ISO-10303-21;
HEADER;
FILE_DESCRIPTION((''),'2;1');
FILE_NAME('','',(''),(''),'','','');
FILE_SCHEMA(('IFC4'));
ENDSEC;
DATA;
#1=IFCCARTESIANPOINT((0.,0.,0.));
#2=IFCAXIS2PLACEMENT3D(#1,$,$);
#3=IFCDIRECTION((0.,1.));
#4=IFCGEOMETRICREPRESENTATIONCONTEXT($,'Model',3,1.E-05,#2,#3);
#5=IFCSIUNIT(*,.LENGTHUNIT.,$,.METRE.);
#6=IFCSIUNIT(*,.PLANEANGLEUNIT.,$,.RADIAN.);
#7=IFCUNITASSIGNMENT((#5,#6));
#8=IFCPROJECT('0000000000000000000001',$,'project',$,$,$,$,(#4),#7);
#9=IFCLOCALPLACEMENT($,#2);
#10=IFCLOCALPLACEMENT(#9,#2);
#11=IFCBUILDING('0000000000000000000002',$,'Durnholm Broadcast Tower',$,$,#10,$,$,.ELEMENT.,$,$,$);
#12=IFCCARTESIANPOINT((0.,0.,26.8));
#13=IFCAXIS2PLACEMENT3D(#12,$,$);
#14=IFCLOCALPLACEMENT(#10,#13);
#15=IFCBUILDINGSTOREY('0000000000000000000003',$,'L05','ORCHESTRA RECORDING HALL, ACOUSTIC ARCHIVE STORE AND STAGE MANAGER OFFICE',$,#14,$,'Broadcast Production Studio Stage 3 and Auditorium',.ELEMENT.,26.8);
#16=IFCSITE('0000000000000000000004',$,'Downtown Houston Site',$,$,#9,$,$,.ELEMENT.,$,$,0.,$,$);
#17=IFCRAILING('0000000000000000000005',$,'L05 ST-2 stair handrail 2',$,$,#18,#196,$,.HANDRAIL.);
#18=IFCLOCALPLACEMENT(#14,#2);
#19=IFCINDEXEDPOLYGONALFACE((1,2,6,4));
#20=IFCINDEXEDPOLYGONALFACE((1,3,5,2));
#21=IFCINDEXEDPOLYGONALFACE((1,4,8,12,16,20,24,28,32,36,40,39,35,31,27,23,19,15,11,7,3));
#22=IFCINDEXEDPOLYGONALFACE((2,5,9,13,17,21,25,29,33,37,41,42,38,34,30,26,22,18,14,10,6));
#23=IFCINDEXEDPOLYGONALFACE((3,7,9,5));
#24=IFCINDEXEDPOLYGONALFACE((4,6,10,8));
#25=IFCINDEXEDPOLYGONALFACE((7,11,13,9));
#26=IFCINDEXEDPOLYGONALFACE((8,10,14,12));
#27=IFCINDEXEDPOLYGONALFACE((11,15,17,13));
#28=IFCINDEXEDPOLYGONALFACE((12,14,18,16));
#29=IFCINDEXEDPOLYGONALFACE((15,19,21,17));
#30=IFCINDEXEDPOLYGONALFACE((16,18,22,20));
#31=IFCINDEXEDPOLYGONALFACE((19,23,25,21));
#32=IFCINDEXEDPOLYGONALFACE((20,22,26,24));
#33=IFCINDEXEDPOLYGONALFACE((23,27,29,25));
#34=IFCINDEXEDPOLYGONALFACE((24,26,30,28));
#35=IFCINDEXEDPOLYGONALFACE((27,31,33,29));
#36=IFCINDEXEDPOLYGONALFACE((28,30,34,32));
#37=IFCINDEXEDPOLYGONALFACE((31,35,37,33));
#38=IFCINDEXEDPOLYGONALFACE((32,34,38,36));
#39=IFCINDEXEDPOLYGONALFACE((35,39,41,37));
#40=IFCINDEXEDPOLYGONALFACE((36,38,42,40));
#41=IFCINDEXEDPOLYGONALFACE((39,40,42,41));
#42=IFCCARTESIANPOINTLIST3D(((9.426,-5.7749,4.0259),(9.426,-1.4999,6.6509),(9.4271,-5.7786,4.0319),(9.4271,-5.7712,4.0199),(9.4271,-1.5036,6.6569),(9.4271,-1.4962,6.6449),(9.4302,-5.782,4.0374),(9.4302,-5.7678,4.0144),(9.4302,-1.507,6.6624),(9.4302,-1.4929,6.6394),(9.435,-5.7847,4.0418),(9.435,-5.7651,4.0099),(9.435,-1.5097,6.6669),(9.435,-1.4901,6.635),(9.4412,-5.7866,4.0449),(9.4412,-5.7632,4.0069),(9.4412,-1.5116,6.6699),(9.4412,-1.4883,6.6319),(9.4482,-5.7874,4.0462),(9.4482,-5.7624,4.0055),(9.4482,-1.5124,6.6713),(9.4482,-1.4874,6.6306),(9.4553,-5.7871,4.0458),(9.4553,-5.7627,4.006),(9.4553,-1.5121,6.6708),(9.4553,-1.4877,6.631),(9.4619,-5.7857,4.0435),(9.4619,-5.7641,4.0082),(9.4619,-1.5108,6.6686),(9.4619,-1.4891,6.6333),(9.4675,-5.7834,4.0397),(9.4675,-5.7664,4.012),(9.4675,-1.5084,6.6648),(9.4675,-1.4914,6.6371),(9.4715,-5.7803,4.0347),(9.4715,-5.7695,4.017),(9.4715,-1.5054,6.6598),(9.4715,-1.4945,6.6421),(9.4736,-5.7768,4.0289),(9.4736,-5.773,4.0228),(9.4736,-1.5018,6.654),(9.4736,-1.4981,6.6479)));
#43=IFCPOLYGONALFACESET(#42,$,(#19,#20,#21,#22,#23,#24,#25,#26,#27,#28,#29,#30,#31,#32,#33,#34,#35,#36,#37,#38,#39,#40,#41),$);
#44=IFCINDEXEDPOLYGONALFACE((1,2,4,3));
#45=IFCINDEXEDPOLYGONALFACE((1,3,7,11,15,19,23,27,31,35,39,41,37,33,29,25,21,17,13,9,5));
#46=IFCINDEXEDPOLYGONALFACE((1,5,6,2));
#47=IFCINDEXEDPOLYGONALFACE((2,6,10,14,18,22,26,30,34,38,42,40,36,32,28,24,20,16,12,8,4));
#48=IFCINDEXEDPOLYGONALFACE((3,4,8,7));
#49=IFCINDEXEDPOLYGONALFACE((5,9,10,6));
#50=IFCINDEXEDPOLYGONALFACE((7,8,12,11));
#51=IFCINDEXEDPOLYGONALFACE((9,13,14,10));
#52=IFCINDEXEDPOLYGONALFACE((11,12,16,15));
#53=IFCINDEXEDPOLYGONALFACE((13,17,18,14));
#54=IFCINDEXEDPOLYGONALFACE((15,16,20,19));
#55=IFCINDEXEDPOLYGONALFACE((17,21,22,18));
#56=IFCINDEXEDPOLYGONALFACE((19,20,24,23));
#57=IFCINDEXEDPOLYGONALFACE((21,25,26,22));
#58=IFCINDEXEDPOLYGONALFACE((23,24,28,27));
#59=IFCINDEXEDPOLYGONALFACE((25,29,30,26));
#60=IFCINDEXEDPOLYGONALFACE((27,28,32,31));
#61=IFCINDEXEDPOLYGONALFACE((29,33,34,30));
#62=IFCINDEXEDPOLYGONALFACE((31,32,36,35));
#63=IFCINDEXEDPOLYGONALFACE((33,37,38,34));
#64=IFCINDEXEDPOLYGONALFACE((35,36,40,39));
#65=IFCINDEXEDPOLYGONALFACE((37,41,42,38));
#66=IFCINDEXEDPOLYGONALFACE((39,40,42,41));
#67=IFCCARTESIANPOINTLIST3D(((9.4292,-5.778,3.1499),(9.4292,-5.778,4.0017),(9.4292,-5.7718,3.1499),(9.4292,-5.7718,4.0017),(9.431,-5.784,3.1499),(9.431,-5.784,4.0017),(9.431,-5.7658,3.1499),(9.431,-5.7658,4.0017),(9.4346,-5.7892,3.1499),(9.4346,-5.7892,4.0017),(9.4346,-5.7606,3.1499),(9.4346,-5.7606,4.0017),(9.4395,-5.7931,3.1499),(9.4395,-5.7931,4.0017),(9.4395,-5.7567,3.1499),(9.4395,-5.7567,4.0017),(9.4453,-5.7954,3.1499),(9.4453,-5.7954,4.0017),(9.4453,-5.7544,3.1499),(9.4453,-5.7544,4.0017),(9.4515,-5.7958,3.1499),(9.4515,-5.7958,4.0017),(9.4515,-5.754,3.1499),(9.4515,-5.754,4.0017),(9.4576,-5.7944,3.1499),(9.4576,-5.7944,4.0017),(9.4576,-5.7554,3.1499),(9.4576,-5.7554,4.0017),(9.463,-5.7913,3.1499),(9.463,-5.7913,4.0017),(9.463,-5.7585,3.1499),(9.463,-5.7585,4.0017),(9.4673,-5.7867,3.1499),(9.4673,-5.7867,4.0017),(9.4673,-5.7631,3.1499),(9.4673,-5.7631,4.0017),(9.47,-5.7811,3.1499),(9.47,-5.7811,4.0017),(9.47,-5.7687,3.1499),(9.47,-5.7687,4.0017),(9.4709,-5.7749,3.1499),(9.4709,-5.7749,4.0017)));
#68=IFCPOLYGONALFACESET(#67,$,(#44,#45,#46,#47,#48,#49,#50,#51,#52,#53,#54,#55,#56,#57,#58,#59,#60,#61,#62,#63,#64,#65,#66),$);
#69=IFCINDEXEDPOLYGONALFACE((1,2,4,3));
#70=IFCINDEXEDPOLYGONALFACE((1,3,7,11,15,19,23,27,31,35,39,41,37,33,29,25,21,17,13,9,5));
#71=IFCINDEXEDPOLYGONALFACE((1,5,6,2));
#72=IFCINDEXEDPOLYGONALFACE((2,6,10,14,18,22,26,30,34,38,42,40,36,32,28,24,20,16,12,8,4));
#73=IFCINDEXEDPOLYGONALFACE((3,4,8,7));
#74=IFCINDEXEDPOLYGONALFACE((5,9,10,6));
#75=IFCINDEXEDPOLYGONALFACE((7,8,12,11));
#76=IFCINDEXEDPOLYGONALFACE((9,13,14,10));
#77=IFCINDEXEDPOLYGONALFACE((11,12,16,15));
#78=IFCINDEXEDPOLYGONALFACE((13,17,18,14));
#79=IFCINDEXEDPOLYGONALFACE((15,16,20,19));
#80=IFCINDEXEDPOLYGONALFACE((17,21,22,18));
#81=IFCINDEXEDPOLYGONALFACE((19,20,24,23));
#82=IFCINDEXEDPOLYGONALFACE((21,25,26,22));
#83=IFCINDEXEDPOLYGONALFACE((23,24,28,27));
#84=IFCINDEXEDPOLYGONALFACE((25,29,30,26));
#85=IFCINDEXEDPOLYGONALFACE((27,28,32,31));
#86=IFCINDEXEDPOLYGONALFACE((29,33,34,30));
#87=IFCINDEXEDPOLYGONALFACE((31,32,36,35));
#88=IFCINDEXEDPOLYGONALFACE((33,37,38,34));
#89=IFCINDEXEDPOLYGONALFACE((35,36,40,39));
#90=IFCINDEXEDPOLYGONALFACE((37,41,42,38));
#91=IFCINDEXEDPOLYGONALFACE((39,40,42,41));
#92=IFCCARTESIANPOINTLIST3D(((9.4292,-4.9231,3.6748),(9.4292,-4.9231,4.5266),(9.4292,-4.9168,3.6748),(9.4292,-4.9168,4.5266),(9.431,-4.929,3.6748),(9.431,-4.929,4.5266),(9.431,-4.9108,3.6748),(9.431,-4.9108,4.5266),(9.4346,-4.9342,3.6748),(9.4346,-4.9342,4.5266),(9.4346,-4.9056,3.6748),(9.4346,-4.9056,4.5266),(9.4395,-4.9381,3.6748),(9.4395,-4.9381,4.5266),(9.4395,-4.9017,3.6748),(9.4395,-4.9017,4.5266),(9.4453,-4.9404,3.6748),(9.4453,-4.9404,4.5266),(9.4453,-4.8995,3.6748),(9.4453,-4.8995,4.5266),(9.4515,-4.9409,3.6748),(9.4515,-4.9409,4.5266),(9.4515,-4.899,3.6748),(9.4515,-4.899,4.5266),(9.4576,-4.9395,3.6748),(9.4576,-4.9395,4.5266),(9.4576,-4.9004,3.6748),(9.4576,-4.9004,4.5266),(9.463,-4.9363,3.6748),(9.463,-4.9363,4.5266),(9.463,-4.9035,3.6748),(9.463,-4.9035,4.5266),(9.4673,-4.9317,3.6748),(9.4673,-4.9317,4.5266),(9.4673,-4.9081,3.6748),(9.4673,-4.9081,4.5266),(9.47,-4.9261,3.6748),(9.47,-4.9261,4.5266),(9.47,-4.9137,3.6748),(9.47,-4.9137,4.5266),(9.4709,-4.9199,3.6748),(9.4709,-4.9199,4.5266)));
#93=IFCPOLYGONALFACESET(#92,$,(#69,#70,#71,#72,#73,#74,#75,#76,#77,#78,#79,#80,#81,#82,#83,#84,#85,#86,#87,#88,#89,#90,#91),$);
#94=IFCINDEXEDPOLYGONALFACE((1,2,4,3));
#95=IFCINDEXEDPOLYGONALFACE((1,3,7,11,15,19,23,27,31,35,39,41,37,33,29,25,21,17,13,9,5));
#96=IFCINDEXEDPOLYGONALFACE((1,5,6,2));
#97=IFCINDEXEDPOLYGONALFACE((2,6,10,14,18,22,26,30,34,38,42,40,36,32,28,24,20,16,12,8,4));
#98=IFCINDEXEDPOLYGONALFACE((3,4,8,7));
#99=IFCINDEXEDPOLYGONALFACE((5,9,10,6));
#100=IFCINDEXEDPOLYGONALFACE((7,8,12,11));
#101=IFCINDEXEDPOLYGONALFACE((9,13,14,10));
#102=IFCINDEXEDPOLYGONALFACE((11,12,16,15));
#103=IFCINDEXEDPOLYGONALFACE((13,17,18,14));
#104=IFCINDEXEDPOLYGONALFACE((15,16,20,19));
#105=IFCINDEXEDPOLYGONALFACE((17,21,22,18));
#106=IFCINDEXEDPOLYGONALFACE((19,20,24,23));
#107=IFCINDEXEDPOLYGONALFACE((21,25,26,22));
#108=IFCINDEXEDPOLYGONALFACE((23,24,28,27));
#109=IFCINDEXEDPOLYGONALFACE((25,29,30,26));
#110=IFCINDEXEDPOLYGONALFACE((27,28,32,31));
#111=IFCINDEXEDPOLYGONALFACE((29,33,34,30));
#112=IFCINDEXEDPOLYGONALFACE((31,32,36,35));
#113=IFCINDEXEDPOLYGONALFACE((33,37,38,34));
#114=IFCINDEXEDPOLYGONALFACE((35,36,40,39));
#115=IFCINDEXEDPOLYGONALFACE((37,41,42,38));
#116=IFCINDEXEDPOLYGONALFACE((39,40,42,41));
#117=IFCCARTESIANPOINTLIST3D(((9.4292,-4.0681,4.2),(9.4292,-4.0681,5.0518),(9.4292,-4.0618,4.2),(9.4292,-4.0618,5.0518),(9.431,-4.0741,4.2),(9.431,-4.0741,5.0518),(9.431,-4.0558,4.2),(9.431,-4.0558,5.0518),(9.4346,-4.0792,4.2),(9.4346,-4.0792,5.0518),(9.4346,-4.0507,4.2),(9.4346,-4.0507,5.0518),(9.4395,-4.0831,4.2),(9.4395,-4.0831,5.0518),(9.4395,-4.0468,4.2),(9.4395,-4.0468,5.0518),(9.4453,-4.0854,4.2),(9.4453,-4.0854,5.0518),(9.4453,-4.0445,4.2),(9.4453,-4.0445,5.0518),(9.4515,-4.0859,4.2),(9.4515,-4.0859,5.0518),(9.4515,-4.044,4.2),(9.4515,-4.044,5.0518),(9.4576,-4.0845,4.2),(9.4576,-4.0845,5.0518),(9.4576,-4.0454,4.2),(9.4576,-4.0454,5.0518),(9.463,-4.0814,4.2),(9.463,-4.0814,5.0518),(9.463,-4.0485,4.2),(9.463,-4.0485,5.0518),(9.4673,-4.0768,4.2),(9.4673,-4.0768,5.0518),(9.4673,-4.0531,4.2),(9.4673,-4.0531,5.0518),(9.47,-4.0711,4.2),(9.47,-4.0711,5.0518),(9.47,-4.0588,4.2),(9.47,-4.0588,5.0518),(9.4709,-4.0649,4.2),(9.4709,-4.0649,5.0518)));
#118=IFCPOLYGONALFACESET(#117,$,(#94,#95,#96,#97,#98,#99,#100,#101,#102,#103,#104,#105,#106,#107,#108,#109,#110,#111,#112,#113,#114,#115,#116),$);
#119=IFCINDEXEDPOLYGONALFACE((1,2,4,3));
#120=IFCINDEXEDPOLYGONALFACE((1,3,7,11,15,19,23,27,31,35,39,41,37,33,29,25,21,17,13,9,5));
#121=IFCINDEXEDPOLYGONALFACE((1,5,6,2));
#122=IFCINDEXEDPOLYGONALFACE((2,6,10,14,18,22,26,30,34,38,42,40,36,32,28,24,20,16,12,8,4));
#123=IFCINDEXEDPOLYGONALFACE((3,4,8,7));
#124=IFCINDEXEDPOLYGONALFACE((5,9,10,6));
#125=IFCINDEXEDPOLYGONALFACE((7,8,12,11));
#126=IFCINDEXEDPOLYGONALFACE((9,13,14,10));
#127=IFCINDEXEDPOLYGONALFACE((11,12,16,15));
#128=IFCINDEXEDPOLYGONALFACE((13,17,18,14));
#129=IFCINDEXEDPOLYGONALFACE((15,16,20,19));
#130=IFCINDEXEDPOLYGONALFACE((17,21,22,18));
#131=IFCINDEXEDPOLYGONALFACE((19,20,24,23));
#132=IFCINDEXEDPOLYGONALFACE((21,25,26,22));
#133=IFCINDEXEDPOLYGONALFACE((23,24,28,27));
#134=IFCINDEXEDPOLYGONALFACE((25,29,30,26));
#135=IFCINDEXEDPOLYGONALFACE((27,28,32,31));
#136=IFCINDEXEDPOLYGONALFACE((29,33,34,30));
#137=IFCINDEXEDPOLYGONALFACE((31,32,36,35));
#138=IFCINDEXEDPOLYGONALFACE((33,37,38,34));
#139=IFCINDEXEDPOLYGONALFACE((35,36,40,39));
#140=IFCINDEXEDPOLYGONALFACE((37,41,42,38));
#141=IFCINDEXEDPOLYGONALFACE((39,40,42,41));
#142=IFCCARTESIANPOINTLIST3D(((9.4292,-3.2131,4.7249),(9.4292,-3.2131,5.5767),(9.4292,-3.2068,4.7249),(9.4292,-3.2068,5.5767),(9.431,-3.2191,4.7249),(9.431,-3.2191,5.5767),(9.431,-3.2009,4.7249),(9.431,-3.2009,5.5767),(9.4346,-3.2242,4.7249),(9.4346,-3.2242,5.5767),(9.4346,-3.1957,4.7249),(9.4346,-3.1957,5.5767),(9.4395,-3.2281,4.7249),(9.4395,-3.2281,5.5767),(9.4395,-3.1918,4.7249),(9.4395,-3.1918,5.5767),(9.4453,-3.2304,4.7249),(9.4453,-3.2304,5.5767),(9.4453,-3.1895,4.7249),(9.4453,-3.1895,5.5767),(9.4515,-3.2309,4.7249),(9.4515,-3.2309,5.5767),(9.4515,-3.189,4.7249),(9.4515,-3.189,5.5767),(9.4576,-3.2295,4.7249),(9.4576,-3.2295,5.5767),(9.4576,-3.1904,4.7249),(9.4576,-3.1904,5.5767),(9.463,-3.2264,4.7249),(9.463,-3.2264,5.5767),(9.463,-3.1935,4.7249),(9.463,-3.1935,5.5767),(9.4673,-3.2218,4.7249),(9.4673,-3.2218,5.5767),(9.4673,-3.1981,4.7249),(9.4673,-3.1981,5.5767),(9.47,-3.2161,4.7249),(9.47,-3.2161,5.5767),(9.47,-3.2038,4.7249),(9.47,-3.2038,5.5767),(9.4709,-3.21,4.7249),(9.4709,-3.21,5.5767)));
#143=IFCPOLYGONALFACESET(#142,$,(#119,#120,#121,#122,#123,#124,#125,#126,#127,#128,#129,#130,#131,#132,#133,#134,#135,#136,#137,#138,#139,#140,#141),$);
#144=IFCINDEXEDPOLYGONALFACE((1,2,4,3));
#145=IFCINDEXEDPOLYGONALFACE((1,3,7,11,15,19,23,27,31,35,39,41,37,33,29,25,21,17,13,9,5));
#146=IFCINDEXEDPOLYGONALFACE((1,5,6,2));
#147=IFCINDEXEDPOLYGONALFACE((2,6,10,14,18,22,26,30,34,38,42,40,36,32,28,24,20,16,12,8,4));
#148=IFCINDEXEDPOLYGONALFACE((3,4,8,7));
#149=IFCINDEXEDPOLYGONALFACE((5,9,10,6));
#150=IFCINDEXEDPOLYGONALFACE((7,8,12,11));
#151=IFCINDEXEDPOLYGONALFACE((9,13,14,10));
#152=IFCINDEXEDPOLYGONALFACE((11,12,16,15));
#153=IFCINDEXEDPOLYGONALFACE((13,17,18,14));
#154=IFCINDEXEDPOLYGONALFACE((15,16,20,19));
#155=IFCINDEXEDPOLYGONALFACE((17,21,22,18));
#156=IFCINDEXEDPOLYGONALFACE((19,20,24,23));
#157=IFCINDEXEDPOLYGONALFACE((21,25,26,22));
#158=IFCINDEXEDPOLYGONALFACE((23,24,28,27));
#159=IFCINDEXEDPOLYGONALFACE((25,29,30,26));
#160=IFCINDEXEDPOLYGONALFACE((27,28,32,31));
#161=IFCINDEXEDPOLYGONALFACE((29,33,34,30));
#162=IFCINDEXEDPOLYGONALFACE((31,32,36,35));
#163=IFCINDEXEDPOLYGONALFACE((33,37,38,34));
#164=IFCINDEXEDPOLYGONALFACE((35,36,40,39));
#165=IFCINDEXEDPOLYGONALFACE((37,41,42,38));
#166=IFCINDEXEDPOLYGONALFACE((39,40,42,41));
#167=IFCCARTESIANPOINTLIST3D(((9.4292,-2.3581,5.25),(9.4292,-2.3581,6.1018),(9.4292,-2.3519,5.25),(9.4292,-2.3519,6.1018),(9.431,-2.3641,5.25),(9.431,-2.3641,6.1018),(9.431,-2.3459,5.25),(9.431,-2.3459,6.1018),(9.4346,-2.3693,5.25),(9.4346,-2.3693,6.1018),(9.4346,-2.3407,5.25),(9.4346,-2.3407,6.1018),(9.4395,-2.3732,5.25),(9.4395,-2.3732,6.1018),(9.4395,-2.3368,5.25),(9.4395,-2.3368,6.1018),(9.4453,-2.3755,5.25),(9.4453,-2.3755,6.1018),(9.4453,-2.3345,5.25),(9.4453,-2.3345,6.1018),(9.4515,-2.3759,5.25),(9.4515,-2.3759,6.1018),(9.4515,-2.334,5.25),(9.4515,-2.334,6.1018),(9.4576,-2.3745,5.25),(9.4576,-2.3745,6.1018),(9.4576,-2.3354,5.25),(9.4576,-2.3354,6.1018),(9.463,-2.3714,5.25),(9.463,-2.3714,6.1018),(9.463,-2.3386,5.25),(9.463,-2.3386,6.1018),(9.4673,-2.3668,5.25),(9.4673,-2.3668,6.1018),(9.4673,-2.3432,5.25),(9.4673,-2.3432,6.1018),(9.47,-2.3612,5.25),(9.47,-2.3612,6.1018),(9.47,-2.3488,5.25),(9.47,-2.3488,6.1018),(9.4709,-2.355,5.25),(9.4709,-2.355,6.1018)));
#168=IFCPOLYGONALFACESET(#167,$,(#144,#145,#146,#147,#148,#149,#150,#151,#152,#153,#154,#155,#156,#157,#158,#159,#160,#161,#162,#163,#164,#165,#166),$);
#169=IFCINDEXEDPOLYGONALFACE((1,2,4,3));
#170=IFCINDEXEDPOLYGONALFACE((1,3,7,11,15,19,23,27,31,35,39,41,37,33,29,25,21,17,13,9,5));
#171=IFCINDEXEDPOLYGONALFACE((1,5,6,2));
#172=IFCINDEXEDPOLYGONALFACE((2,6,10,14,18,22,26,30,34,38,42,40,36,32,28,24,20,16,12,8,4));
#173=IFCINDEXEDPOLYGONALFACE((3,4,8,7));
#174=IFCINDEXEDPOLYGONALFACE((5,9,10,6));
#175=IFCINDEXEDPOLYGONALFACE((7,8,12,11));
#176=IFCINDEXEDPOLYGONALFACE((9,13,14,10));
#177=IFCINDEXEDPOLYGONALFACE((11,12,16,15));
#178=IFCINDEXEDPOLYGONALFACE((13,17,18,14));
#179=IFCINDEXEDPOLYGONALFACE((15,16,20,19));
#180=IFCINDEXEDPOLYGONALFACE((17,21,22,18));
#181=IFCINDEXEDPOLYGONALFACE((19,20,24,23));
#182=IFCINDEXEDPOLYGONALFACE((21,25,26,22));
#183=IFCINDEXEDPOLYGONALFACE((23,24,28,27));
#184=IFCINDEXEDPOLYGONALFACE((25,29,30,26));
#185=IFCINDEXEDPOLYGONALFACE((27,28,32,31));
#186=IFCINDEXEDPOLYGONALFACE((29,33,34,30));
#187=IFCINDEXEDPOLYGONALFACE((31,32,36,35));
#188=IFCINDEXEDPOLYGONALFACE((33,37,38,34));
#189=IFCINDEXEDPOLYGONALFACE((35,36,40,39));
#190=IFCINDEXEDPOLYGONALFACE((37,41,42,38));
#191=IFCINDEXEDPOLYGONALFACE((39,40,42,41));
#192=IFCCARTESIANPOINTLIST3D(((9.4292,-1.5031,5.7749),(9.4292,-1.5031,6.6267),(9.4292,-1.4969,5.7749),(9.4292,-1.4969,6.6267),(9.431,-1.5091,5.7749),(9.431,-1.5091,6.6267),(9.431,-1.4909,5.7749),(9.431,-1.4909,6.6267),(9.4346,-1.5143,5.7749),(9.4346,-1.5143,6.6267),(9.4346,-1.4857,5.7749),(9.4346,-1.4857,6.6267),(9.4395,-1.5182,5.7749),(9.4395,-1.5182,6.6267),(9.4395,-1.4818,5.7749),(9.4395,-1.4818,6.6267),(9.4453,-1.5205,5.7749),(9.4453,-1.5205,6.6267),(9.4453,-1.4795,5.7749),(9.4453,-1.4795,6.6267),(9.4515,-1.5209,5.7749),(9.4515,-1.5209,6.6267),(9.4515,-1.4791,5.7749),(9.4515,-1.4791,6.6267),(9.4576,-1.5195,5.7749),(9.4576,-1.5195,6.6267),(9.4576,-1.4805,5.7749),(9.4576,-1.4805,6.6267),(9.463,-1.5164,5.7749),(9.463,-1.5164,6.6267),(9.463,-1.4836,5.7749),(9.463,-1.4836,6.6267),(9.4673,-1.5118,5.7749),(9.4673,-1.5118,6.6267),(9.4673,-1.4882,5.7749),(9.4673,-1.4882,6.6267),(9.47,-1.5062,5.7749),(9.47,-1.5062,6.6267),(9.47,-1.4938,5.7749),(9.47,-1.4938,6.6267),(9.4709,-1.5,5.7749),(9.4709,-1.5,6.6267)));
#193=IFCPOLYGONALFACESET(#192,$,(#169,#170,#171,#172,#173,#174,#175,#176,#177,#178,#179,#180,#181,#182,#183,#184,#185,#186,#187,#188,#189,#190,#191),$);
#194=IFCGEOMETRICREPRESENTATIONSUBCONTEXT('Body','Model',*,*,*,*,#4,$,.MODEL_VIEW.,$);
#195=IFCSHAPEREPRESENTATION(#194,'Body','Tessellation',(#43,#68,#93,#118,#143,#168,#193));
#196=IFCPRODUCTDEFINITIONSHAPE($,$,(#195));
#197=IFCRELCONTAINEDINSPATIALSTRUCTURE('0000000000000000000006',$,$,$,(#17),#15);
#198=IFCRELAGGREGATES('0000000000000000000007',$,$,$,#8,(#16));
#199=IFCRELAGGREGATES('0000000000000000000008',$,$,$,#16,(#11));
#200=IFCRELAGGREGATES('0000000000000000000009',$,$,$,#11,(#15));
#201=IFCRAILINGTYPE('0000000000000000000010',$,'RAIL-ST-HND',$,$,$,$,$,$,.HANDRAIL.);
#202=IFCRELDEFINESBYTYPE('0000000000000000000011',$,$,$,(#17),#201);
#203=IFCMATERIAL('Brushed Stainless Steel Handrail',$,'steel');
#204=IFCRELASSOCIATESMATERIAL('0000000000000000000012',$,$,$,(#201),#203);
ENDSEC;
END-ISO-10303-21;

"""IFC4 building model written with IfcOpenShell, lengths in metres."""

from ifc_helpers import new_model, si_unit, direction, frame, origin, origin_2d, place, context, subcontext, project, spatial, circle, extrude, material, type_object, element, save


model = new_model("IFC4")

# Units and contexts
model_context = context("Model", 3, precision=1e-05, world=origin(), true_north=direction((0.0, 1.0)))
body_context = subcontext(model_context, "Body", "Model", "MODEL_VIEW")
ifc_project = project(units=[si_unit("LENGTHUNIT", "METRE"), si_unit("PLANEANGLEUNIT", "RADIAN")], contexts=[model_context])

# Site, building, storey
site_placement = place(None, origin())
site = spatial("IfcSite", under=ifc_project, at=site_placement, Name="Downtown Houston Site", CompositionType="ELEMENT", RefElevation=0.0)
building_placement = place(site_placement, origin())
building = spatial("IfcBuilding", under=site, at=building_placement, Name="Durnholm Broadcast Tower", CompositionType="ELEMENT")
storey_placement = place(building_placement, frame((0.0, 0.0, 26.8)))
storey = spatial("IfcBuildingStorey", under=building, at=storey_placement, Name="L05", Description="ORCHESTRA RECORDING HALL, ACOUSTIC ARCHIVE STORE AND STAGE MANAGER OFFICE", LongName="Broadcast Production Studio Stage 3 and Auditorium", CompositionType="ELEMENT", Elevation=26.8)

# Railing
ifc_material_1 = material(Name="Brushed Stainless Steel Handrail", Category="steel")
railing_type_1 = type_object("IfcRailingType", Name="RAIL-ST-HND", PredefinedType="HANDRAIL", material=ifc_material_1)
railing_1_placement = place(storey_placement, frame((9.45, -5.7749, 3.1499)))
element("IfcRailing", 1, at=railing_1_placement, inside=storey, type_object=railing_type_1, Name="L05 ST-2 stair handrail 2", PredefinedType="HANDRAIL", context=body_context, shape_type="SweptSolid", body=[
    extrude(circle(Radius=0.0239, at=origin_2d()), frame((0.0, 0.0, 0.876), z_axis=(0.0, 0.852166, 0.523272), x_axis=(-1.0, 0.0, 0.0)), (0.0, 0.0, 1.0), 5.0166),
    extrude(circle(Radius=0.021, at=origin_2d()), origin(), (0.0, 0.0, 1.0), 0.8518),
    extrude(circle(Radius=0.021, at=origin_2d()), frame((0.0, 0.855, 0.5249)), (0.0, 0.0, 1.0), 0.8518),
    extrude(circle(Radius=0.021, at=origin_2d()), frame((0.0, 1.71, 1.05)), (0.0, 0.0, 1.0), 0.8518),
    extrude(circle(Radius=0.021, at=origin_2d()), frame((0.0, 2.5649, 1.575)), (0.0, 0.0, 1.0), 0.8518),
    extrude(circle(Radius=0.021, at=origin_2d()), frame((0.0, 3.4199, 2.1001)), (0.0, 0.0, 1.0), 0.8518),
    extrude(circle(Radius=0.021, at=origin_2d()), frame((0.0, 4.2749, 2.625)), (0.0, 0.0, 1.0), 0.8518),
])

save(model, "model.ifc")
